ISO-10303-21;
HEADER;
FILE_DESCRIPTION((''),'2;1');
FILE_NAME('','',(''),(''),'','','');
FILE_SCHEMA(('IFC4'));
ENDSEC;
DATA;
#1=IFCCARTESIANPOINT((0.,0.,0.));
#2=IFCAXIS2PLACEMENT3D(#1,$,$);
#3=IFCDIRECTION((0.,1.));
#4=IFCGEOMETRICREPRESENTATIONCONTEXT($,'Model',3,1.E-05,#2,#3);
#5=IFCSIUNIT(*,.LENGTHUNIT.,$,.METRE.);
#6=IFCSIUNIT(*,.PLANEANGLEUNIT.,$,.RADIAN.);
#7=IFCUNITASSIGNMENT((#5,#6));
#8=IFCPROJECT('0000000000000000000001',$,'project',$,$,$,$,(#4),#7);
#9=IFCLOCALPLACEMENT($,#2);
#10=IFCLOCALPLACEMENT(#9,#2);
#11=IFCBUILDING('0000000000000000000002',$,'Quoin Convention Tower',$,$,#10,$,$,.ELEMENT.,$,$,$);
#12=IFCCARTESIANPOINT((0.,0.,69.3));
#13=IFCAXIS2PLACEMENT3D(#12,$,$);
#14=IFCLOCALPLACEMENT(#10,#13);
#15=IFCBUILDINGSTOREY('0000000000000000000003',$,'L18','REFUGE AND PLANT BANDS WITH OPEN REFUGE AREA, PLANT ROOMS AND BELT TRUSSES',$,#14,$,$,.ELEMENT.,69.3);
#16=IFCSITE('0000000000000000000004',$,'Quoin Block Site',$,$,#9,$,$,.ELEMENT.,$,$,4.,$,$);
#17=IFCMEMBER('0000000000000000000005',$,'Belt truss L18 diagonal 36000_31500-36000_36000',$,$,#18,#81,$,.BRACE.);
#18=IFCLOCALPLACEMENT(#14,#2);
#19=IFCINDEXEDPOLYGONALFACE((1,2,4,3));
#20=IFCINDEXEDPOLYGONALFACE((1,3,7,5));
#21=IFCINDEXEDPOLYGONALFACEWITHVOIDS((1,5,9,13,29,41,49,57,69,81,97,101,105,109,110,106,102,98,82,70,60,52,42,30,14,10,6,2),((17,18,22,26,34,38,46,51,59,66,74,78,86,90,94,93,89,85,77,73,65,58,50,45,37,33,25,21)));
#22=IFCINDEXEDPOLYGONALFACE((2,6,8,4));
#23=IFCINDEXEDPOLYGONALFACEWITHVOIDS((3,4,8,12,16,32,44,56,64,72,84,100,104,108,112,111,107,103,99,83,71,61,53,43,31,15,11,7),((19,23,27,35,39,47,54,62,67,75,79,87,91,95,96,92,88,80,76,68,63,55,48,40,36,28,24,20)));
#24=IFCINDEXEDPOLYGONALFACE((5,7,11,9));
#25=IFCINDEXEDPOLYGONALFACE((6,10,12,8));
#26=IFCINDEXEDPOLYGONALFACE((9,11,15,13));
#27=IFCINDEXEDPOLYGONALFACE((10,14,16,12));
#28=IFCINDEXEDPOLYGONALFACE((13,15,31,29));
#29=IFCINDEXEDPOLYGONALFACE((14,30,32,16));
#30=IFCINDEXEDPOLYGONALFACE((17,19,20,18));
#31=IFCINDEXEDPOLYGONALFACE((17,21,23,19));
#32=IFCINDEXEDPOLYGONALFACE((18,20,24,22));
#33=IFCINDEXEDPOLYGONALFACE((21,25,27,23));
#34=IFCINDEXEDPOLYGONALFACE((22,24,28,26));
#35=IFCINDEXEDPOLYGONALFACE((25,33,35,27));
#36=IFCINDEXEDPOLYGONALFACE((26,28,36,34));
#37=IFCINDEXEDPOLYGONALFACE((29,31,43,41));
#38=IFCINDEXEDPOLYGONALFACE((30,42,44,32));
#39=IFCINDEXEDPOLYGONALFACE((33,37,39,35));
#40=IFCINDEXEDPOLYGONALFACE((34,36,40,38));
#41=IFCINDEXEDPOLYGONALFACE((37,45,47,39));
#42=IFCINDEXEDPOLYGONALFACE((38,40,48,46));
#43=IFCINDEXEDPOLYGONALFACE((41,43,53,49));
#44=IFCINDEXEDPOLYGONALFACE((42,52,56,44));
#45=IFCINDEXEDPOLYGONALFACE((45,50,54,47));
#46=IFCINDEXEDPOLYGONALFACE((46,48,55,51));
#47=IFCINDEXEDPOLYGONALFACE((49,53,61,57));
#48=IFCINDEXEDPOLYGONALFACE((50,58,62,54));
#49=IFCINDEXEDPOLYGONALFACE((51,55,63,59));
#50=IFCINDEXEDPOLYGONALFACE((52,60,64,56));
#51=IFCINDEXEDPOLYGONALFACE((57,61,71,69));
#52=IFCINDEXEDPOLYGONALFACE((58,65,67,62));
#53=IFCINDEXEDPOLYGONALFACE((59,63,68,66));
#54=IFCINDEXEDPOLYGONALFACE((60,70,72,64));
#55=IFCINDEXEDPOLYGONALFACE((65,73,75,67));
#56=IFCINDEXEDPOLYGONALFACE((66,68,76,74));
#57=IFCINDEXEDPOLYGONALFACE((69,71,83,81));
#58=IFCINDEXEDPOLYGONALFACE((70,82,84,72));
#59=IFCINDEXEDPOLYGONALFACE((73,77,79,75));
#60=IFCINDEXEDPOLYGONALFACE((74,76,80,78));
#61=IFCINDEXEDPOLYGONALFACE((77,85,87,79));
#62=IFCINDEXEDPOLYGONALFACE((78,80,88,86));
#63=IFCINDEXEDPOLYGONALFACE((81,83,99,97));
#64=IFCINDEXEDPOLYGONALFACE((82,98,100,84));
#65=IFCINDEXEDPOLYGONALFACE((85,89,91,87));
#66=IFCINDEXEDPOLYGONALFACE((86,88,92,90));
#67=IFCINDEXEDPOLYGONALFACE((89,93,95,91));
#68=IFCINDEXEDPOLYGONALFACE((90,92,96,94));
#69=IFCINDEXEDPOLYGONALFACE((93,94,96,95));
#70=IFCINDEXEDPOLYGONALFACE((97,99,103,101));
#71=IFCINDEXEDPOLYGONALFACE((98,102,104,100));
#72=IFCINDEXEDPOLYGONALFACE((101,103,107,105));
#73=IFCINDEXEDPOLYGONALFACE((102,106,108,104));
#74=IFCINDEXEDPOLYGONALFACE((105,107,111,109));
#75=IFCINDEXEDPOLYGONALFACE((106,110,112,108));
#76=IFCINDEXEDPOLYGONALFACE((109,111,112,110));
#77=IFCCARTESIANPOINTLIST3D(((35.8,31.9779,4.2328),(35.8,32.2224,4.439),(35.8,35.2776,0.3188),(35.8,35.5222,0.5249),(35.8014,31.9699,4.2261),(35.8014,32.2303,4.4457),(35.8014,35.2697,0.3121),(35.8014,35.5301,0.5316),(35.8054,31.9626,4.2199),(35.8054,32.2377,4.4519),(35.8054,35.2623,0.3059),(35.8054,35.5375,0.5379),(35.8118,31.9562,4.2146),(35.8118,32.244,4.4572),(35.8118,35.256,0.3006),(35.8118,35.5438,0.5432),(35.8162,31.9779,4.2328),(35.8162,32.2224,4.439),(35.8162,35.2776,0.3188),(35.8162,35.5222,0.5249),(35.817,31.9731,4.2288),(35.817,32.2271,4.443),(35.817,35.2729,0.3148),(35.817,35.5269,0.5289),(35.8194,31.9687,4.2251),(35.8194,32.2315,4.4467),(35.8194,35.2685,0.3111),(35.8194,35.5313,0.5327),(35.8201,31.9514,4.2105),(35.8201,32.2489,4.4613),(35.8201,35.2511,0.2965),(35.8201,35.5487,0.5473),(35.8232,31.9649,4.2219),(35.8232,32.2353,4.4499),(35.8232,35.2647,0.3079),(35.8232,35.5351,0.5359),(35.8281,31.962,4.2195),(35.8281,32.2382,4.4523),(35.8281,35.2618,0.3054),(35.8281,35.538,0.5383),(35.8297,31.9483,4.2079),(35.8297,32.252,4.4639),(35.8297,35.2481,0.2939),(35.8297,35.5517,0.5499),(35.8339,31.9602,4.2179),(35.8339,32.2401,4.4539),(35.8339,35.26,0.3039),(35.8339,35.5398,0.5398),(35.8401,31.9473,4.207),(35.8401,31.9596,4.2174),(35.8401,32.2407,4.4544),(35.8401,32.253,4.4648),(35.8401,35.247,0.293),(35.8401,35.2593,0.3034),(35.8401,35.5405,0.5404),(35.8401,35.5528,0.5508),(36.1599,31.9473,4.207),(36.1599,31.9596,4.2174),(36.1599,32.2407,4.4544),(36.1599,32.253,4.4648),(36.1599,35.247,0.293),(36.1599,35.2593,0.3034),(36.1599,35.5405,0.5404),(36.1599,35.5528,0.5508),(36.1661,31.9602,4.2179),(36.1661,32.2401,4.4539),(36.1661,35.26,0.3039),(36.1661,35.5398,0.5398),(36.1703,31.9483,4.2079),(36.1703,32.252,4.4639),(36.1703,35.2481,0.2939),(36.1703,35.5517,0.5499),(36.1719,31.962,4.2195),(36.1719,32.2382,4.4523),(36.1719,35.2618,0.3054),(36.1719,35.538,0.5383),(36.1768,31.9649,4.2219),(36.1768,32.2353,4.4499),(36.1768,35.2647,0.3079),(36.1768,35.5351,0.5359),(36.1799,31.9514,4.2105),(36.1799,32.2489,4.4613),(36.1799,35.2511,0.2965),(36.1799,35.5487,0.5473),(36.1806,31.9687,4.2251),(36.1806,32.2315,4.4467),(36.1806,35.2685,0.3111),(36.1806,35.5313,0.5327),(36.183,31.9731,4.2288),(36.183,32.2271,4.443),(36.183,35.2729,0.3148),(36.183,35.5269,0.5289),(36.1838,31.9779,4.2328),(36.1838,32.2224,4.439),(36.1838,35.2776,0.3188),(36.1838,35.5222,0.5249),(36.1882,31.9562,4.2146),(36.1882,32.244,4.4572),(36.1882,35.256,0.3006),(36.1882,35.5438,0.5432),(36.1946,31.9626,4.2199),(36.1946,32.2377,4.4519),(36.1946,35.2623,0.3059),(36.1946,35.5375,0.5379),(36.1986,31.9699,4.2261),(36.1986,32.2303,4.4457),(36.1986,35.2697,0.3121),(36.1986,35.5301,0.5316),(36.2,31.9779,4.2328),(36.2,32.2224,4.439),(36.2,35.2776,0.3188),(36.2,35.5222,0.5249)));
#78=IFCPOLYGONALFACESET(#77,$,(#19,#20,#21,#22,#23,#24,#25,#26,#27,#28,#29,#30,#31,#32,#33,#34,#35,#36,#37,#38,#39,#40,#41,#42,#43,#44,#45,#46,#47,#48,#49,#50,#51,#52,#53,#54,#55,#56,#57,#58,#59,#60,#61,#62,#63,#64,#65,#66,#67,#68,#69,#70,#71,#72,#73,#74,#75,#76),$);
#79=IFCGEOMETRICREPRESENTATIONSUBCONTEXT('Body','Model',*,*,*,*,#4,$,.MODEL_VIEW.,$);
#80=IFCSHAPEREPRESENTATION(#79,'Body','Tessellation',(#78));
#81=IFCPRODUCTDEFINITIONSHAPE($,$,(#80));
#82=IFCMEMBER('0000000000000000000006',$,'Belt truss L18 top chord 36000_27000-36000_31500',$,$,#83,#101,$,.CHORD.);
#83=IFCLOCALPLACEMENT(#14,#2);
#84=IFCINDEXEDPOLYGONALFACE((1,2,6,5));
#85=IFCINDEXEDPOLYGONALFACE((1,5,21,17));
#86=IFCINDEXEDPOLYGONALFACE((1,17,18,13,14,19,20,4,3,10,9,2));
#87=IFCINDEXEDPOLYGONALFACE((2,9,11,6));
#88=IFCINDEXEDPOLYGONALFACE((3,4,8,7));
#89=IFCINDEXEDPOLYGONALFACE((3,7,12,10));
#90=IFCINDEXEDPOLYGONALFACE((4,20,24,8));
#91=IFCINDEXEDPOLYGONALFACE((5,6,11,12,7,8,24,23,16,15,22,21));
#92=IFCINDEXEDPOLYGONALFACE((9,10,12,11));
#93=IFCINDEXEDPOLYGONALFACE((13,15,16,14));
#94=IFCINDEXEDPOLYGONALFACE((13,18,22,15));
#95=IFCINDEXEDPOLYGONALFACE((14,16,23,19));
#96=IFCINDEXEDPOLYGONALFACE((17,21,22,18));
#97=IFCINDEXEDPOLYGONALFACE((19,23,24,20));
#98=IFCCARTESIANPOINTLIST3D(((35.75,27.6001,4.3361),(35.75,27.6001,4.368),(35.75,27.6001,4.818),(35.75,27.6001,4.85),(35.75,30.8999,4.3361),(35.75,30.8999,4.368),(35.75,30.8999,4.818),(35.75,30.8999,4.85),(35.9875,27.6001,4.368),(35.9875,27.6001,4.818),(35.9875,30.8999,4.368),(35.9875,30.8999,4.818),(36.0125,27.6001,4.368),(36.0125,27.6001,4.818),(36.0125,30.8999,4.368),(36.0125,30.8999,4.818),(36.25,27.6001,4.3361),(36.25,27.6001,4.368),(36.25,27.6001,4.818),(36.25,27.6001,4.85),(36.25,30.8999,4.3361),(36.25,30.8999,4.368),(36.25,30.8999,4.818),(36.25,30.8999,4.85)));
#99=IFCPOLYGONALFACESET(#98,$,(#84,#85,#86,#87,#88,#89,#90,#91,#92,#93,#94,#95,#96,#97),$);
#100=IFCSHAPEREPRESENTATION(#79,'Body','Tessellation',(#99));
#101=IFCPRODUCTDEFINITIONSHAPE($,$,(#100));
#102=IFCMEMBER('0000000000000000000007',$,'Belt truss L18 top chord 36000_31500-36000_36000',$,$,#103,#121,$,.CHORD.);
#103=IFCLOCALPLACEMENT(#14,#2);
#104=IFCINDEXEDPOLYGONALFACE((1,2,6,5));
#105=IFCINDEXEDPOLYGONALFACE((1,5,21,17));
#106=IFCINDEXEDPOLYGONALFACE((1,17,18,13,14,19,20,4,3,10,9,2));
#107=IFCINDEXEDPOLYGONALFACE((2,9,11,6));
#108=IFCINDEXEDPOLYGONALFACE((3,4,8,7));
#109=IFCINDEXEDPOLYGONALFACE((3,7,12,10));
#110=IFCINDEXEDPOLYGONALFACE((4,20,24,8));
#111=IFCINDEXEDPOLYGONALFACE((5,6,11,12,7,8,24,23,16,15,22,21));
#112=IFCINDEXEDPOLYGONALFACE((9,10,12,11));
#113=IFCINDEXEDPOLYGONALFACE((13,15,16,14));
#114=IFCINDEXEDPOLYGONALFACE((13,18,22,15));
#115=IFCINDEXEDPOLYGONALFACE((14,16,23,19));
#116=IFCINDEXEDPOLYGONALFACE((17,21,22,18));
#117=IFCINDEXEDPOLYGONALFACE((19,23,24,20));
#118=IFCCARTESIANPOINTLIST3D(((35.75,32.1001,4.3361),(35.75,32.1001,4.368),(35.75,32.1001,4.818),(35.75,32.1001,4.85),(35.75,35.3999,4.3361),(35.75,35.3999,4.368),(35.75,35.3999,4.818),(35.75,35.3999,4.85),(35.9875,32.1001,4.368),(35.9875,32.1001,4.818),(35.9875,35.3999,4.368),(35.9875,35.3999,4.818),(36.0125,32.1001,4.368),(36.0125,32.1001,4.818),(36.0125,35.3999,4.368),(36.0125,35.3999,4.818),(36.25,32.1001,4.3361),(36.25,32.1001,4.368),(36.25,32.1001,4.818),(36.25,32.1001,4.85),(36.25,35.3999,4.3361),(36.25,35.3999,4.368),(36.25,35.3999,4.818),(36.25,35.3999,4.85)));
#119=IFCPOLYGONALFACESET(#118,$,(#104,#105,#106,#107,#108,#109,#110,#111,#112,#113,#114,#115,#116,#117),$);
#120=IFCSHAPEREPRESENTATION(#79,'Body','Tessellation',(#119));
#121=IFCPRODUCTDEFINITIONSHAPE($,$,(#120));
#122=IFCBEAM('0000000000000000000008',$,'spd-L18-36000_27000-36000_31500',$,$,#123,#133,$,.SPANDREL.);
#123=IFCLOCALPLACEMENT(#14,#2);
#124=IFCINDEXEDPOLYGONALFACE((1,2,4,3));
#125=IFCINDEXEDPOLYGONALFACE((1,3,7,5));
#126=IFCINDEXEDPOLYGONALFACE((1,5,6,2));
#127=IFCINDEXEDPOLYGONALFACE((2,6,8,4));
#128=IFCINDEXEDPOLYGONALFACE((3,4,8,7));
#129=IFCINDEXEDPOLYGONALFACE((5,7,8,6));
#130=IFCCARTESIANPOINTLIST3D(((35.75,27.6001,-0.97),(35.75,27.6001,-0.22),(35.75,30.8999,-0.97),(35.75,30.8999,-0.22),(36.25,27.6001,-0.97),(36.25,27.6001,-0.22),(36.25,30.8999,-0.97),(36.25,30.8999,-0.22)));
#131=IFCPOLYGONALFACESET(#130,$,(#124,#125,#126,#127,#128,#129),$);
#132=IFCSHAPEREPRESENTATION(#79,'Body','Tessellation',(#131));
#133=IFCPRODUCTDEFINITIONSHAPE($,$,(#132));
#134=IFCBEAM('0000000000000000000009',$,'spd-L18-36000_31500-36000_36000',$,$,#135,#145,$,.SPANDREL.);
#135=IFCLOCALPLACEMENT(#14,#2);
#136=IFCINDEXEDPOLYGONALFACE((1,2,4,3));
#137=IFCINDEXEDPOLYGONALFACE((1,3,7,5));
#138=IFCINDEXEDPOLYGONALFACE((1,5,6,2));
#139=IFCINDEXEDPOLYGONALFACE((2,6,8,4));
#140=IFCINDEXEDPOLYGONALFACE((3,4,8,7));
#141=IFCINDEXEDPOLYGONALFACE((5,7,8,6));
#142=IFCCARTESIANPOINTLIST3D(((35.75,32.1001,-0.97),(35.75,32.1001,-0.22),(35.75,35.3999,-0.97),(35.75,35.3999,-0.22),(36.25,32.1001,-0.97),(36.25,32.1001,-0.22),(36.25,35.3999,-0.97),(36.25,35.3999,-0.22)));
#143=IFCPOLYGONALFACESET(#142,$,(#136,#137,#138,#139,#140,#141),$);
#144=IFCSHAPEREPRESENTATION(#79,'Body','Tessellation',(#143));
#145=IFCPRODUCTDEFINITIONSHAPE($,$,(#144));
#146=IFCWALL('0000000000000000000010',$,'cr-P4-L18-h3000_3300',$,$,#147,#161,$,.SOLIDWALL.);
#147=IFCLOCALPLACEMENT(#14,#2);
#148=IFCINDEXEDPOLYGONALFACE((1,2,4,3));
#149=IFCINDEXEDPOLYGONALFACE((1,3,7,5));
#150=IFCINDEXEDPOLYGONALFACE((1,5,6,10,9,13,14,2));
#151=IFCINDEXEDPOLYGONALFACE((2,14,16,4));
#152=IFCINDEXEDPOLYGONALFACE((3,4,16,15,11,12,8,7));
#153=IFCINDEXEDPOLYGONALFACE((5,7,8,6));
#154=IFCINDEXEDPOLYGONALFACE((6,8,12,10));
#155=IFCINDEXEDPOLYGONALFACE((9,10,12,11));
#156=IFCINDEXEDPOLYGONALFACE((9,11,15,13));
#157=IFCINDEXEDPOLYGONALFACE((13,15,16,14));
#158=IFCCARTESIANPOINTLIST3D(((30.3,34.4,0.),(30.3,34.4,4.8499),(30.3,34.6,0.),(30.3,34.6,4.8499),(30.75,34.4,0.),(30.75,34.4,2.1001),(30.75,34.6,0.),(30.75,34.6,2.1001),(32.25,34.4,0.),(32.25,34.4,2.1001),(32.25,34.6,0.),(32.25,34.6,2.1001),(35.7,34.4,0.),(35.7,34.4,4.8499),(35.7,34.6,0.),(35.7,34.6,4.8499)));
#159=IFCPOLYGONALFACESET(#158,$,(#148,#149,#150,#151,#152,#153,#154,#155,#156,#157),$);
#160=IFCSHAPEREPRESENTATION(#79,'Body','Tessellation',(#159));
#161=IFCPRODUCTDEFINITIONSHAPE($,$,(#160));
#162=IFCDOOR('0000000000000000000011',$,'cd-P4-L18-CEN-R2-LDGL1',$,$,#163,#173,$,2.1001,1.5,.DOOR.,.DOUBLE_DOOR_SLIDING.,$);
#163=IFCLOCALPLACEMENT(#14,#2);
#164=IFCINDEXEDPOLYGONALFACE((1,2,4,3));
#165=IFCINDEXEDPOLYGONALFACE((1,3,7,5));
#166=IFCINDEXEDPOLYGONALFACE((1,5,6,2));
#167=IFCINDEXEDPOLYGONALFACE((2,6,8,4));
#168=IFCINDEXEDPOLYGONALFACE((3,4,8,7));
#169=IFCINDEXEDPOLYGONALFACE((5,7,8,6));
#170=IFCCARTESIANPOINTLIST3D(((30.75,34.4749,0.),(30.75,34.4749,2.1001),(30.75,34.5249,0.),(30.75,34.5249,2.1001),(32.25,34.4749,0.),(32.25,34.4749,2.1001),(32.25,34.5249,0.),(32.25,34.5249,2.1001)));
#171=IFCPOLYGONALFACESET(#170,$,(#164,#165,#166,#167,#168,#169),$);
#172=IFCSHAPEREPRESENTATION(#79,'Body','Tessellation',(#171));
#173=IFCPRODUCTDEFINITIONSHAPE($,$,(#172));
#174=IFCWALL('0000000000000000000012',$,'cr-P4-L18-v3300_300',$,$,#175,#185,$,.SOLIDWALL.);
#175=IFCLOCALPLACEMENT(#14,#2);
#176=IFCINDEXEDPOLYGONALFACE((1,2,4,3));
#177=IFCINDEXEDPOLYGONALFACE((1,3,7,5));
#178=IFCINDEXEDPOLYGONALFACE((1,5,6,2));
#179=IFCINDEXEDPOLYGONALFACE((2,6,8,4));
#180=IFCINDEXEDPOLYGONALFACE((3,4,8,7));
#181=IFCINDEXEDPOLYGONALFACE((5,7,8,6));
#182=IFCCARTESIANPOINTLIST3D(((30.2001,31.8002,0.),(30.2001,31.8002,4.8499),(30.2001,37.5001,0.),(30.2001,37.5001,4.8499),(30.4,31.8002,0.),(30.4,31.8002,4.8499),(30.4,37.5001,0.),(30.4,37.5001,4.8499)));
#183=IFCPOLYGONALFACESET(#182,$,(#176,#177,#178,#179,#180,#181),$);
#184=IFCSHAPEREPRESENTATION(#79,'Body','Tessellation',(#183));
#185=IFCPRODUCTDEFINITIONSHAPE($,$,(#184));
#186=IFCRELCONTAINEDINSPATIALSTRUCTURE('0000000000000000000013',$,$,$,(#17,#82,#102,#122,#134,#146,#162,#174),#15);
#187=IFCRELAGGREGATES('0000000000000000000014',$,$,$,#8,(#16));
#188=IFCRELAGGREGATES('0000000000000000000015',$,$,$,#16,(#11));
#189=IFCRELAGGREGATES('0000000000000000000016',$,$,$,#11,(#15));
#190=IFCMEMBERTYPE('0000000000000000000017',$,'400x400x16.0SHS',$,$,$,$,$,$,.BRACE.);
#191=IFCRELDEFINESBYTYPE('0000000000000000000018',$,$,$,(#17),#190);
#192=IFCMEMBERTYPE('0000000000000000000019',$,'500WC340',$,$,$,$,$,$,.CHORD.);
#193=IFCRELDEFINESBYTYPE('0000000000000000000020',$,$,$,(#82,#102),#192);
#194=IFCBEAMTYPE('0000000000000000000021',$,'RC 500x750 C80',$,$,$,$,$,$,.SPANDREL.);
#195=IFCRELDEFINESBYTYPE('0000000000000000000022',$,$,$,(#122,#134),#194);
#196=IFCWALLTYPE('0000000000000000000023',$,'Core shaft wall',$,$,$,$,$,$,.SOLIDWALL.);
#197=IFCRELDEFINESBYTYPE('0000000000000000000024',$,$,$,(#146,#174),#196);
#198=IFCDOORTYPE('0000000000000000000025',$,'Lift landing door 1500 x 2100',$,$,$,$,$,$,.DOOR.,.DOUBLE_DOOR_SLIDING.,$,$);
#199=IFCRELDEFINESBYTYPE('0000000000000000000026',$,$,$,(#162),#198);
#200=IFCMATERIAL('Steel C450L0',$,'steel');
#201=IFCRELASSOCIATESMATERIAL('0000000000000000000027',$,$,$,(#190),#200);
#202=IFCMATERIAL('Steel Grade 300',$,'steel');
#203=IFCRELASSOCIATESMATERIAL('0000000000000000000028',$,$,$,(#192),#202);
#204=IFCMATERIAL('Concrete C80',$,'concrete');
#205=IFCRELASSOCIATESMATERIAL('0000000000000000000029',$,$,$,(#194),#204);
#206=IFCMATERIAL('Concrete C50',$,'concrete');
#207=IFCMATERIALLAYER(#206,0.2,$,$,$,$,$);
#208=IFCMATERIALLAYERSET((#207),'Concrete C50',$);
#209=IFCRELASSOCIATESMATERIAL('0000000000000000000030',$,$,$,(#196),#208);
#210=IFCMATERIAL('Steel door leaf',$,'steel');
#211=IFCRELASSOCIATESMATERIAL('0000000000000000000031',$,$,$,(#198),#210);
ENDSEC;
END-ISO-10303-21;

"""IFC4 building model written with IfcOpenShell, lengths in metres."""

from ifc_helpers import new_model, si_unit, direction, frame, frame_2d, origin, origin_2d, place, context, subcontext, project, spatial, rectangle, hollow_rectangle, i_section, extrude, material, layer, layer_set, material_profile, profile_set, type_object, element, fill, save


model = new_model("IFC4")

# Units and contexts
model_context = context("Model", 3, precision=1e-05, world=origin(), true_north=direction((0.0, 1.0)))
body_context = subcontext(model_context, "Body", "Model", "MODEL_VIEW")
ifc_project = project(units=[si_unit("LENGTHUNIT", "METRE"), si_unit("PLANEANGLEUNIT", "RADIAN")], contexts=[model_context])

# Site, building, storey
site_placement = place(None, origin())
site = spatial("IfcSite", under=ifc_project, at=site_placement, Name="Quoin Block Site", CompositionType="ELEMENT", RefElevation=4.0)
building_placement = place(site_placement, origin())
building = spatial("IfcBuilding", under=site, at=building_placement, Name="Quoin Convention Tower", CompositionType="ELEMENT")
storey_placement = place(building_placement, frame((0.0, 0.0, 69.3)))
storey = spatial("IfcBuildingStorey", under=building, at=storey_placement, Name="L18", Description="REFUGE AND PLANT BANDS WITH OPEN REFUGE AREA, PLANT ROOMS AND BELT TRUSSES", CompositionType="ELEMENT", Elevation=69.3)

# Shared definitions
ifc_material_1 = material(Name="Concrete C80", Category="concrete")

# Members
ifc_material_2 = material(Name="Steel Grade 300", Category="steel")
ifc_material_3 = material(Name="Steel C450L0", Category="steel")
ifc_material_profile_1 = material_profile(ifc_material_3, hollow_rectangle(XDim=0.3999, YDim=0.3999, WallThickness=0.0161, InnerFilletRadius=0.0239, OuterFilletRadius=0.04, at=origin_2d()), Name="400x400x16.0SHS")
ifc_profile_set_1 = profile_set([ifc_material_profile_1], Name="Steel C450L0")
member_type_1 = type_object("IfcMemberType", Name="400x400x16.0SHS", PredefinedType="BRACE", material=ifc_profile_set_1)
for number, where, z_axis, x_axis, name in (
    (1, (36.0, 35.3999, 0.4219), (0.0, -0.644564, 0.76455), (1.0, 0.0, 0.0), "Belt truss L18 diagonal 36000_31500-36000_36000"),
):
    element("IfcMember", number, at=place(storey_placement, frame(where, z_axis=z_axis, x_axis=x_axis)), inside=storey, type_object=member_type_1, Name=name, PredefinedType="BRACE", context=body_context, shape_type="SweptSolid", body=[
        extrude(hollow_rectangle(XDim=0.3999, YDim=0.3999, WallThickness=0.0161, InnerFilletRadius=0.0239, OuterFilletRadius=0.04, at=origin_2d()), origin(), (0.0, 0.0, 1.0), 5.1194),
    ])
ifc_material_profile_2 = material_profile(ifc_material_2, i_section(OverallWidth=0.5, OverallDepth=0.5139, WebThickness=0.0249, FlangeThickness=0.032, at=origin_2d()), Name="500WC340")
ifc_profile_set_2 = profile_set([ifc_material_profile_2], Name="Steel Grade 300")
member_type_2 = type_object("IfcMemberType", Name="500WC340", PredefinedType="CHORD", material=ifc_profile_set_2)
for number, where, z_axis, x_axis, name in (
    (2, (36.0, 27.6001, 4.593), (0.0, 1.0, 0.0), (-1.0, 0.0, 0.0), "Belt truss L18 top chord 36000_27000-36000_31500"),
    (3, (36.0, 32.1001, 4.593), (0.0, 1.0, 0.0), (-1.0, 0.0, 0.0), "Belt truss L18 top chord 36000_31500-36000_36000"),
):
    element("IfcMember", number, at=place(storey_placement, frame(where, z_axis=z_axis, x_axis=x_axis)), inside=storey, type_object=member_type_2, Name=name, PredefinedType="CHORD", context=body_context, shape_type="SweptSolid", body=[
        extrude(i_section(OverallWidth=0.5, OverallDepth=0.5139, WebThickness=0.0249, FlangeThickness=0.032, at=origin_2d()), origin(), (0.0, 0.0, 1.0), 3.2998),
    ])

# Beams
ifc_material_profile_3 = material_profile(ifc_material_1, rectangle(XDim=0.5, YDim=0.75, at=origin_2d()), Name="RC 500x750")
ifc_profile_set_3 = profile_set([ifc_material_profile_3], Name="Concrete C80")
beam_type = type_object("IfcBeamType", Name="RC 500x750 C80", PredefinedType="SPANDREL", material=ifc_profile_set_3)
for number, where, z_axis, x_axis, name in (
    (4, (36.0, 27.6001, -0.595), (0.0, 1.0, 0.0), (-1.0, 0.0, 0.0), "spd-L18-36000_27000-36000_31500"),
    (5, (36.0, 32.1001, -0.595), (0.0, 1.0, 0.0), (-1.0, 0.0, 0.0), "spd-L18-36000_31500-36000_36000"),
):
    element("IfcBeam", number, at=place(storey_placement, frame(where, z_axis=z_axis, x_axis=x_axis)), inside=storey, type_object=beam_type, Name=name, PredefinedType="SPANDREL", context=body_context, shape_type="SweptSolid", body=[
        extrude(rectangle(XDim=0.5, YDim=0.75, at=origin_2d()), origin(), (0.0, 0.0, 1.0), 3.2998),
    ])

# Wall, opening, door
ifc_material_4 = material(Name="Concrete C50", Category="concrete")
ifc_layer_1 = layer(ifc_material_4, 0.2)
ifc_layer_set_1 = layer_set([ifc_layer_1], Name="Concrete C50")
wall_type_1 = type_object("IfcWallType", Name="Core shaft wall", PredefinedType="SOLIDWALL", material=ifc_layer_set_1)
wall_1_placement = place(storey_placement, frame((30.3, 34.5, 0.0), z_axis=(0.0, 0.0, 1.0), x_axis=(1.0, 0.0, 0.0)))
wall_1 = element("IfcWall", 6, at=wall_1_placement, inside=storey, type_object=wall_type_1, Name="cr-P4-L18-h3000_3300", PredefinedType="SOLIDWALL", context=body_context, shape_type="SweptSolid", body=[
    extrude(rectangle(XDim=5.3999, YDim=0.2, at=frame_2d((2.7, 0.0))), origin(), (0.0, 0.0, 1.0), 4.8499),
])
opening_1_placement = place(wall_1_placement, frame((0.45, 0.0, 0.0)))
opening_1 = element("IfcOpeningElement", 7, at=opening_1_placement, cuts=wall_1, PredefinedType="OPENING", context=body_context, shape_type="SweptSolid", body=[
    extrude(rectangle(XDim=1.5, YDim=2.1001, at=frame_2d((0.75, 1.05))), frame((0.0, 0.1099, 0.0), z_axis=(0.0, -1.0, 0.0), x_axis=(1.0, 0.0, 0.0)), (0.0, 0.0, 1.0), 0.22),
])
ifc_material_5 = material(Name="Steel door leaf", Category="steel")
door_type_1 = type_object("IfcDoorType", Name="Lift landing door 1500 x 2100", OperationType="DOUBLE_DOOR_SLIDING", PredefinedType="DOOR", material=ifc_material_5)
door_1_placement = place(opening_1_placement, origin())
door_1 = element("IfcDoor", 8, at=door_1_placement, inside=storey, type_object=door_type_1, Name="cd-P4-L18-CEN-R2-LDGL1", OperationType="DOUBLE_DOOR_SLIDING", OverallHeight=2.1001, OverallWidth=1.5, PredefinedType="DOOR", context=body_context, shape_type="SweptSolid", body=[
    extrude(rectangle(XDim=1.5, YDim=2.1001, at=frame_2d((0.75, 1.05))), frame((0.0, 0.0249, 0.0), z_axis=(0.0, -1.0, 0.0), x_axis=(1.0, 0.0, 0.0)), (0.0, 0.0, 1.0), 0.05),
])
fill(opening_1, door_1)

# Wall
for number, where, z_axis, x_axis, name in (
    (9, (30.3, 31.8, 0.0), (0.0, 0.0, 1.0), (0.0, 1.0, 0.0), "cr-P4-L18-v3300_300"),
):
    element("IfcWall", number, at=place(storey_placement, frame(where, z_axis=z_axis, x_axis=x_axis)), inside=storey, type_object=wall_type_1, Name=name, PredefinedType="SOLIDWALL", context=body_context, shape_type="SweptSolid", body=[
        extrude(rectangle(XDim=5.7, YDim=0.2, at=frame_2d((2.8501, 0.0))), origin(), (0.0, 0.0, 1.0), 4.8499),
    ])

save(model, "model.ifc")
